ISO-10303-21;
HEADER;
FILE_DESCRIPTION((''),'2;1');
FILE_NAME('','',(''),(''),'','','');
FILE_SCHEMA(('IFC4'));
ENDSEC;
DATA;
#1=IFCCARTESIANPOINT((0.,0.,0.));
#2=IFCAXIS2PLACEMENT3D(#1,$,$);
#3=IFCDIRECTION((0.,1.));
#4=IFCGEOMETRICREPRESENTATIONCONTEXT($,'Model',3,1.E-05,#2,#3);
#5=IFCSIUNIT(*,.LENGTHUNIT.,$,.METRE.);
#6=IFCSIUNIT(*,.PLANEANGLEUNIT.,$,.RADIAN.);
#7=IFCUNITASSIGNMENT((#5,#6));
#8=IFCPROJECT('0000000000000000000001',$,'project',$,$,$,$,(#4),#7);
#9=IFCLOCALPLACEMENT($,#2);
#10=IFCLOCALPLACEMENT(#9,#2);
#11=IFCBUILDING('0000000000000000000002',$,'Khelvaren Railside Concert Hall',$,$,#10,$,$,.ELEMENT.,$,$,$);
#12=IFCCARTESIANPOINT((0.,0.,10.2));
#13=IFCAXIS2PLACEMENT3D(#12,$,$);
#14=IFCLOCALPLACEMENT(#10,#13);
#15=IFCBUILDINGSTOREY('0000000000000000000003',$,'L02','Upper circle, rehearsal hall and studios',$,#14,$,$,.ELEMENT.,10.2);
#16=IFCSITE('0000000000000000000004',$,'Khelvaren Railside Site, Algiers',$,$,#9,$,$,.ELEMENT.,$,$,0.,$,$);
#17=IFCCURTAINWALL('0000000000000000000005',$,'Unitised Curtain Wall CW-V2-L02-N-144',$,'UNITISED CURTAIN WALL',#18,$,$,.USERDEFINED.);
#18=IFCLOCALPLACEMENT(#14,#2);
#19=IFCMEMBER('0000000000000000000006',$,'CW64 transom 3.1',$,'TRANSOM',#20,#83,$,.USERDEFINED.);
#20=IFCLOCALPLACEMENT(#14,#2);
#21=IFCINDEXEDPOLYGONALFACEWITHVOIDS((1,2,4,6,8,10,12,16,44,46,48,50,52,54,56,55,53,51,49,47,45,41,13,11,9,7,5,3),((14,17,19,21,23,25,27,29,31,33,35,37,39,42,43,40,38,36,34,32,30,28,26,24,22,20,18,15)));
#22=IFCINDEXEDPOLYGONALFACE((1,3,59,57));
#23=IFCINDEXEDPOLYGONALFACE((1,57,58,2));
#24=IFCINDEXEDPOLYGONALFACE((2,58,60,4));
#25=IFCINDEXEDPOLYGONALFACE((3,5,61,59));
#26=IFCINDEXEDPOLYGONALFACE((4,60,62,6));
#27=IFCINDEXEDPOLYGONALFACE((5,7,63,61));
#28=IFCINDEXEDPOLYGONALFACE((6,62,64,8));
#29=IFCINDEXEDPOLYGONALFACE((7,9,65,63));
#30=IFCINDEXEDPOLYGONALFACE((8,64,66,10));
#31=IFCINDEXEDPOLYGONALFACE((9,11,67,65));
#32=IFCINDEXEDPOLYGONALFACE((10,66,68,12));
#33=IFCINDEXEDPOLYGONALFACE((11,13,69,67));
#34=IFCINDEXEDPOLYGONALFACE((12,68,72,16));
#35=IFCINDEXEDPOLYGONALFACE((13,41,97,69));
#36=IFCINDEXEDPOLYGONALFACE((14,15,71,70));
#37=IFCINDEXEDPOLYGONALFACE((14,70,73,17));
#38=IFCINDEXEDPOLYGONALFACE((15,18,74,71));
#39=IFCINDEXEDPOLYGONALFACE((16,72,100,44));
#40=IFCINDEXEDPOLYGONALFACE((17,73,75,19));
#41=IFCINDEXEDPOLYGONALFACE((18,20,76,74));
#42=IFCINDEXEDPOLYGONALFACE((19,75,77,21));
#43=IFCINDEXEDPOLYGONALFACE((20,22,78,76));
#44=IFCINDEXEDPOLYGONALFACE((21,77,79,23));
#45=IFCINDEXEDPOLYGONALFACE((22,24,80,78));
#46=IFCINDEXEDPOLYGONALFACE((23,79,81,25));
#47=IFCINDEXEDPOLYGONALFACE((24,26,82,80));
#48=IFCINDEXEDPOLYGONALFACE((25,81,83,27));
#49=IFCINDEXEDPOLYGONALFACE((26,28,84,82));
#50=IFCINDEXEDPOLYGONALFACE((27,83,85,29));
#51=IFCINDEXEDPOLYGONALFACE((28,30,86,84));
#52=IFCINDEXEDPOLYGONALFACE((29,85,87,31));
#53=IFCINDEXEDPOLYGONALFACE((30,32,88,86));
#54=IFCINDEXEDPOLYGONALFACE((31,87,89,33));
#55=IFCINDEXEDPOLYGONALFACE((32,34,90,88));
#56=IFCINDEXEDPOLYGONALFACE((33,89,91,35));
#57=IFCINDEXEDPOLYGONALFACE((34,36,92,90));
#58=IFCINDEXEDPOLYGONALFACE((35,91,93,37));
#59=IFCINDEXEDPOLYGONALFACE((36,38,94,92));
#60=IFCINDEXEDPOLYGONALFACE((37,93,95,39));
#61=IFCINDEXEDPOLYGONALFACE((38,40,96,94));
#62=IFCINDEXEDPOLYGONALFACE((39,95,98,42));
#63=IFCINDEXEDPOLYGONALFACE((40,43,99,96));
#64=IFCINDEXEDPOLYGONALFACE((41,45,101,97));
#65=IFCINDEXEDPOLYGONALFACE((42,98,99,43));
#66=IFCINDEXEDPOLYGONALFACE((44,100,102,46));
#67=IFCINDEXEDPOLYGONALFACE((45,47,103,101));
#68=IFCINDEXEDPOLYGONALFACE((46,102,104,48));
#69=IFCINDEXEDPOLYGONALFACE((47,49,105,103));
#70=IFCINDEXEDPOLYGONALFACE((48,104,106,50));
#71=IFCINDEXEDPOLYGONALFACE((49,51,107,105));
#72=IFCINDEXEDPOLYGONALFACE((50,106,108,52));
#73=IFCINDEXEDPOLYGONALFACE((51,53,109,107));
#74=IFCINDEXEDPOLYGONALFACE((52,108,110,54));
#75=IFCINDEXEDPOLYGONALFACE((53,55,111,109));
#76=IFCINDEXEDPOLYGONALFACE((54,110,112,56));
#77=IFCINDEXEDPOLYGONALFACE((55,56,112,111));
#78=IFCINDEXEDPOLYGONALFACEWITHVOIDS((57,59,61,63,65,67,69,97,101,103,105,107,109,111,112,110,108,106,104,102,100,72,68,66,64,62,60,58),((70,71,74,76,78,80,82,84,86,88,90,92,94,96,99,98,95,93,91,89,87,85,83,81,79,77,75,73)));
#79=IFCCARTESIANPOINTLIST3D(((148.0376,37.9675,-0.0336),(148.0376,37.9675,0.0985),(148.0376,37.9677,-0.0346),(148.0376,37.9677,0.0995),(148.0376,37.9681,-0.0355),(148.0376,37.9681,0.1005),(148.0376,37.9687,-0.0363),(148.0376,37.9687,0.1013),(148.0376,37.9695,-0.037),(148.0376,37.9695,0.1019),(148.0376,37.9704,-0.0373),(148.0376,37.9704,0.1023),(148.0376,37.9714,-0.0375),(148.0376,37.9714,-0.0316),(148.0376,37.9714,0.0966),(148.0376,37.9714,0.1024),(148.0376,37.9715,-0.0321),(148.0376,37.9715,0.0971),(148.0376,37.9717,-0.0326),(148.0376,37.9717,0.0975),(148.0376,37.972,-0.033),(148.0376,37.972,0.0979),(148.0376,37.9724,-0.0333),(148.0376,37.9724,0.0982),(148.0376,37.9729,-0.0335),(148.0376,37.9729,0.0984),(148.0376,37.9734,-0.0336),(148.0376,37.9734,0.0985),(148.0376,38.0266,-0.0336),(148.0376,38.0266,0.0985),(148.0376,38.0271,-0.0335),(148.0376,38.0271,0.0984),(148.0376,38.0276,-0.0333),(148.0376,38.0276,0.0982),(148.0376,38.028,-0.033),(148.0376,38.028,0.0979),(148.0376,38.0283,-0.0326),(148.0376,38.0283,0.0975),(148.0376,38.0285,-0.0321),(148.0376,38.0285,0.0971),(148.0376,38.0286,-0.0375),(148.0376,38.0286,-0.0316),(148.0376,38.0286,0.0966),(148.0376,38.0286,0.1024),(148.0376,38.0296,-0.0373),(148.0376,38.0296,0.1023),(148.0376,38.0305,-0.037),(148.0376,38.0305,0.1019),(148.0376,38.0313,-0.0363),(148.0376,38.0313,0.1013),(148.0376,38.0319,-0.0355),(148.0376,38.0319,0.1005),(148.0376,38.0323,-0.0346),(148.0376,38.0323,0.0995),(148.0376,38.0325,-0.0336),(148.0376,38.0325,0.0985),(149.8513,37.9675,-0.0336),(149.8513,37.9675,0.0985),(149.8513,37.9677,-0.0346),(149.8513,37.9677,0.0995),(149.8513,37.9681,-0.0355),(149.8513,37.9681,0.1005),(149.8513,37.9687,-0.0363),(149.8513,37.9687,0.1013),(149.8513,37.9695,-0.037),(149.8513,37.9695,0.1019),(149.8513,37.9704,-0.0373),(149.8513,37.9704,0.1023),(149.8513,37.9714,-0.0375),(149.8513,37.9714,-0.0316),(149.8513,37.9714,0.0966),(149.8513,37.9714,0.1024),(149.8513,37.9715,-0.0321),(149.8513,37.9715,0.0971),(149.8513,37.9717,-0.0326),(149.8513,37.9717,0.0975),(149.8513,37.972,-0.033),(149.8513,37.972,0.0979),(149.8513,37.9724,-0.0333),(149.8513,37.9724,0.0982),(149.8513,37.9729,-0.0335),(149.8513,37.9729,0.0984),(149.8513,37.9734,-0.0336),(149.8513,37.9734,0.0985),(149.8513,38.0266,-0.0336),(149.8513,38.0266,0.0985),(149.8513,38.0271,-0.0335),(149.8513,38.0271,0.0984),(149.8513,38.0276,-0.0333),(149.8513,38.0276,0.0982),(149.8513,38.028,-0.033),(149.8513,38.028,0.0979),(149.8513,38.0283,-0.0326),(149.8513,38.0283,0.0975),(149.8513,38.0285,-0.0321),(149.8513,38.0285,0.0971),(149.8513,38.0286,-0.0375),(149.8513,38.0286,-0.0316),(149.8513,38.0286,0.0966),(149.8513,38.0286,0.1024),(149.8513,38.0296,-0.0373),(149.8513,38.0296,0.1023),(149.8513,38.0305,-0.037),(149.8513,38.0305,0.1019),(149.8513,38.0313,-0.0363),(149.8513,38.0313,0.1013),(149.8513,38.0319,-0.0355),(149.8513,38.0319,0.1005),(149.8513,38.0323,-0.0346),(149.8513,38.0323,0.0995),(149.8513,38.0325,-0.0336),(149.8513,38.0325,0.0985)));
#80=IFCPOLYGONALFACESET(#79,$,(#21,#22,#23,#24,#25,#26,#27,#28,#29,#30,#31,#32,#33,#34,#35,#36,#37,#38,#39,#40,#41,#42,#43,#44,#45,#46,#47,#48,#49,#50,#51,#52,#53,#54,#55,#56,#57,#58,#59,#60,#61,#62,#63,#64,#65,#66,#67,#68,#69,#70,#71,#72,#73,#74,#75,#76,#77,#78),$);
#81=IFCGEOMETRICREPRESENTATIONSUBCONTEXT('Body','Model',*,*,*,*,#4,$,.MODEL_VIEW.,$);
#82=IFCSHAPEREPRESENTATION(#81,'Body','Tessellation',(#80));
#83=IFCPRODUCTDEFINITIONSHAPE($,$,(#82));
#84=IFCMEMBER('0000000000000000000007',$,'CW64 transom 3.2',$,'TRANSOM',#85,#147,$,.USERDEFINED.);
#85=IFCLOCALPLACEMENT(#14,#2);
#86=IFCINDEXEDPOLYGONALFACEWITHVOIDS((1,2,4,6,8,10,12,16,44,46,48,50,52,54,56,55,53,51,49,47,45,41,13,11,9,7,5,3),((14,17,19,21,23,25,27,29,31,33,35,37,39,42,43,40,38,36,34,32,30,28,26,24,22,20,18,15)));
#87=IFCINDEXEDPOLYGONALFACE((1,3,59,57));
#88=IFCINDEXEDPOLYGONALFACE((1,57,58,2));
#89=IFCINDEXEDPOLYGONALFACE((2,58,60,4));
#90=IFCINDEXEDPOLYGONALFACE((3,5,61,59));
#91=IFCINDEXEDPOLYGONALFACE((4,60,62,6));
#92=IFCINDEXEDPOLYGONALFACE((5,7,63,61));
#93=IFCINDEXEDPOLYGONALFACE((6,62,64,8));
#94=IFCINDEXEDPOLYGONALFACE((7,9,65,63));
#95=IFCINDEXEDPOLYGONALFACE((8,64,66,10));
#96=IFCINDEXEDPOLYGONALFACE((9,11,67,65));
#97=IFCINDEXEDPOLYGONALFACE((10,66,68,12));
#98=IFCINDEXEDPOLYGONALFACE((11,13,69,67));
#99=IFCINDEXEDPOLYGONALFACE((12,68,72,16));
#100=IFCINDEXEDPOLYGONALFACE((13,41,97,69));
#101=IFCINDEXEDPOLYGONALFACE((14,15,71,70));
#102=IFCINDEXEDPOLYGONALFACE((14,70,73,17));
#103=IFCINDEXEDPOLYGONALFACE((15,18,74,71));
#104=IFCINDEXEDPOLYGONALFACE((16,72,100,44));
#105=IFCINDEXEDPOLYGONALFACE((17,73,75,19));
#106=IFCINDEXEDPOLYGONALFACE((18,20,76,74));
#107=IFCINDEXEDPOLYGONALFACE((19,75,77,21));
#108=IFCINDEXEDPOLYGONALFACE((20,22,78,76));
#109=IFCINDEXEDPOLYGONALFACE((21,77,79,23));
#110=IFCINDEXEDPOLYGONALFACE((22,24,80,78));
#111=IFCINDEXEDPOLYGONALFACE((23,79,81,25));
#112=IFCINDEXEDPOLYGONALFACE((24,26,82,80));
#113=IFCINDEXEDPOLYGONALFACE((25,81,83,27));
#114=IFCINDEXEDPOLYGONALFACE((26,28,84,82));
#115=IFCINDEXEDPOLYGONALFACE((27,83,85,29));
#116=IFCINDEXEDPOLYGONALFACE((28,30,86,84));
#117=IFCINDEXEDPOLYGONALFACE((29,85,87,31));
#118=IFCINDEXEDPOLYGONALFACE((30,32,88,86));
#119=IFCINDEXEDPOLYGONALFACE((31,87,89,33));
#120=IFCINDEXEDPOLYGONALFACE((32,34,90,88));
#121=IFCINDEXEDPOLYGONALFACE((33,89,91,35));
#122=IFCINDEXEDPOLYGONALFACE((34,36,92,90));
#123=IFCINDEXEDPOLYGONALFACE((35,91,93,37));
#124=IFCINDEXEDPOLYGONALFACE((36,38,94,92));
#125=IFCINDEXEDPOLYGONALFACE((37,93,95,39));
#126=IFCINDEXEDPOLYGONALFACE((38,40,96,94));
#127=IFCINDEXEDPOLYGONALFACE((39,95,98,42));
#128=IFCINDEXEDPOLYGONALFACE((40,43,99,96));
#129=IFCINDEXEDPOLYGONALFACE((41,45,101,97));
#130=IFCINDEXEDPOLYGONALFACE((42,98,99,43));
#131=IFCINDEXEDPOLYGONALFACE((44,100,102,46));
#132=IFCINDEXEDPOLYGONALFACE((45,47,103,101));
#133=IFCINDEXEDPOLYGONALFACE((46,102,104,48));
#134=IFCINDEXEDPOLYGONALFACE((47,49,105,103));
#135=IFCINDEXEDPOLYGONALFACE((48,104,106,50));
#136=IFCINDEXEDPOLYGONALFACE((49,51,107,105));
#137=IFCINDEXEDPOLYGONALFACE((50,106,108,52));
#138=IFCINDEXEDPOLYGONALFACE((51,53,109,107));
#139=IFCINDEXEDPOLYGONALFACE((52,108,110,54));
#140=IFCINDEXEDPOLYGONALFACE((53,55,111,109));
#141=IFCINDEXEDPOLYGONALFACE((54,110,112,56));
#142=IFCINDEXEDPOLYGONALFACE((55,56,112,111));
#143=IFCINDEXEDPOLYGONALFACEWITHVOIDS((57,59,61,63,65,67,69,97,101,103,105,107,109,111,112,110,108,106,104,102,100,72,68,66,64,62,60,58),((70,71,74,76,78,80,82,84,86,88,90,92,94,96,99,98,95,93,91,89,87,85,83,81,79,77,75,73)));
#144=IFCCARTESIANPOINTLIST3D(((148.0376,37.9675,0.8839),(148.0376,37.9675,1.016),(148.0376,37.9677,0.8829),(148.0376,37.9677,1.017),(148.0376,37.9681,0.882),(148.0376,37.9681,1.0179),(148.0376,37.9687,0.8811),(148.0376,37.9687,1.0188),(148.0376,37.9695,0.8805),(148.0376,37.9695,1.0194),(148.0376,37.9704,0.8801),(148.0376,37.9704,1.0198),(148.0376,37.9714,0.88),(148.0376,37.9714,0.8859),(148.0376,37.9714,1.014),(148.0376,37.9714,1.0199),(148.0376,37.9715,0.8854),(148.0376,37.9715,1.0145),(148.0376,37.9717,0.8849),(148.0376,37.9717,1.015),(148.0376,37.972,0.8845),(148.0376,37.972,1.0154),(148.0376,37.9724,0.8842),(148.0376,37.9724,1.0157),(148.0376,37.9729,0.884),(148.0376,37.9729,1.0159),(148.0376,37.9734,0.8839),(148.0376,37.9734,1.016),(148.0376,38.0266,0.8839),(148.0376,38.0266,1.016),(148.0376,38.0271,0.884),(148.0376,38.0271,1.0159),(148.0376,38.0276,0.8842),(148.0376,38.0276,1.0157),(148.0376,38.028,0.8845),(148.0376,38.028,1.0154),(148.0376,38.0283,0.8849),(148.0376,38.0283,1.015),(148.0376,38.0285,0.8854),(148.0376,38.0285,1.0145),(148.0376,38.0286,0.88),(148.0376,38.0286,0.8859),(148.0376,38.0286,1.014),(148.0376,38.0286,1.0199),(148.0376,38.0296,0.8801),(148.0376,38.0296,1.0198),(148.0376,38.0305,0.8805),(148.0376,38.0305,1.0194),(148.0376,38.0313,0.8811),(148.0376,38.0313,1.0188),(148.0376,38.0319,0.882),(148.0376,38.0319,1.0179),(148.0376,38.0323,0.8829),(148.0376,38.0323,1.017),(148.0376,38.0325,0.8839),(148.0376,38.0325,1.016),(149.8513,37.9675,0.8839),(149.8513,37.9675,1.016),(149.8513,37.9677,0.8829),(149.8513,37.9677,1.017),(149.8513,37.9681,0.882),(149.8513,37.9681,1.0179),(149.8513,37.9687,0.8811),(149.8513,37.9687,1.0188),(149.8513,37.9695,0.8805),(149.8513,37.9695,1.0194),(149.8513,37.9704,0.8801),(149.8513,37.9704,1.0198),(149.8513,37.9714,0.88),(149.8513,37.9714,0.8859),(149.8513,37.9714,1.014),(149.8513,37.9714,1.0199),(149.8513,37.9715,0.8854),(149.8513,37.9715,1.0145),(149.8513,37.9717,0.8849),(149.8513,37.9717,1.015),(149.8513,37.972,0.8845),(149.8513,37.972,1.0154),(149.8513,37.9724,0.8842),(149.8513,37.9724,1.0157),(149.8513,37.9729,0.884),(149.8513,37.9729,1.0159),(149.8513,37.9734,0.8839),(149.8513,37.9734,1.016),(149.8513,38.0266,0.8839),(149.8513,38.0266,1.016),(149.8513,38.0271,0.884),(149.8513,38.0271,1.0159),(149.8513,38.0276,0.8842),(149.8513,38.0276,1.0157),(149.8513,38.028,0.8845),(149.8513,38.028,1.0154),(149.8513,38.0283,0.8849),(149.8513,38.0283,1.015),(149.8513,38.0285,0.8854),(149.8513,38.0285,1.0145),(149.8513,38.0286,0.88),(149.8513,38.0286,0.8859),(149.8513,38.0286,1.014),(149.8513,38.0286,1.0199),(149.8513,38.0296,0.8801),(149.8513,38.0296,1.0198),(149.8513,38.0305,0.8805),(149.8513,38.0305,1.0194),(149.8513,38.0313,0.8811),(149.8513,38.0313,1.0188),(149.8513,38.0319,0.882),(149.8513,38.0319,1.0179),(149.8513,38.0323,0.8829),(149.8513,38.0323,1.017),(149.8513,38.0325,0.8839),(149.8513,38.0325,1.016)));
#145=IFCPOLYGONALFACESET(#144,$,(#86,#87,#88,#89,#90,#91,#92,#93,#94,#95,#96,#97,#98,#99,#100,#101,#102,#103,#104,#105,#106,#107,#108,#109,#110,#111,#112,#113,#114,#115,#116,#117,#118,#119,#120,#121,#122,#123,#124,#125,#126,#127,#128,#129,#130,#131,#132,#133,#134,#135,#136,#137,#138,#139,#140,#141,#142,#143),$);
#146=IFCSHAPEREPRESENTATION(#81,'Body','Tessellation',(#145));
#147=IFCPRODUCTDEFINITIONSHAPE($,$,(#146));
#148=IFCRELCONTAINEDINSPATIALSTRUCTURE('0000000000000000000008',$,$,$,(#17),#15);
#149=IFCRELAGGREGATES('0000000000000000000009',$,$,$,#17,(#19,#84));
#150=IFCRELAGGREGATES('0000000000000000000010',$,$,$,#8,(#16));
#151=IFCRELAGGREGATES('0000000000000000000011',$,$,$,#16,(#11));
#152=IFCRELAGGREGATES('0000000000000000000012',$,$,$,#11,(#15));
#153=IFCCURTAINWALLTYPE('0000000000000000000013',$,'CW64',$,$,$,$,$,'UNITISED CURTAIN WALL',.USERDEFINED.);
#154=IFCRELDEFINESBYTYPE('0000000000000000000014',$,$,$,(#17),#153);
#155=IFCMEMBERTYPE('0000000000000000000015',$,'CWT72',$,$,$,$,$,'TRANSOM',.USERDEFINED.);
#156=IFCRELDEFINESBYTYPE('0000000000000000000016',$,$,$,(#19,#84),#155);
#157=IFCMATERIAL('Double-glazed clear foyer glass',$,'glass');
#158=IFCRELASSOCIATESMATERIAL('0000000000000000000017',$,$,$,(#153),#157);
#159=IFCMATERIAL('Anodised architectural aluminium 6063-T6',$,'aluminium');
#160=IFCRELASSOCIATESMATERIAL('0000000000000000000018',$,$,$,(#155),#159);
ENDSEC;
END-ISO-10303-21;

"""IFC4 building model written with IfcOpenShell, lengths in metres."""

from ifc_helpers import new_model, si_unit, direction, frame, origin, origin_2d, place, context, subcontext, project, spatial, hollow_rectangle, extrude, material, material_profile, profile_set, type_object, element, aggregate, save


model = new_model("IFC4")

# Units and contexts
model_context = context("Model", 3, precision=1e-05, world=origin(), true_north=direction((0.0, 1.0)))
body_context = subcontext(model_context, "Body", "Model", "MODEL_VIEW")
ifc_project = project(units=[si_unit("LENGTHUNIT", "METRE"), si_unit("PLANEANGLEUNIT", "RADIAN")], contexts=[model_context])

# Site, building, storey
site_placement = place(None, origin())
site = spatial("IfcSite", under=ifc_project, at=site_placement, Name="Khelvaren Railside Site, Algiers", CompositionType="ELEMENT", RefElevation=0.0)
building_placement = place(site_placement, origin())
building = spatial("IfcBuilding", under=site, at=building_placement, Name="Khelvaren Railside Concert Hall", CompositionType="ELEMENT")
storey_placement = place(building_placement, frame((0.0, 0.0, 10.2)))
storey = spatial("IfcBuildingStorey", under=building, at=storey_placement, Name="L02", Description="Upper circle, rehearsal hall and studios", CompositionType="ELEMENT", Elevation=10.2)

# Curtain wall, members
ifc_material_1 = material(Name="Double-glazed clear foyer glass", Category="glass")
curtain_wall_type = type_object("IfcCurtainWallType", Name="CW64", ElementType="UNITISED CURTAIN WALL", PredefinedType="USERDEFINED", material=ifc_material_1)
curtain_wall_placement = place(storey_placement, origin())
curtain_wall = element("IfcCurtainWall", 1, at=curtain_wall_placement, inside=storey, type_object=curtain_wall_type, Name="Unitised Curtain Wall CW-V2-L02-N-144", ObjectType="UNITISED CURTAIN WALL", PredefinedType="USERDEFINED")
ifc_material_2 = material(Name="Anodised architectural aluminium 6063-T6", Category="aluminium")
ifc_material_profile_1 = material_profile(ifc_material_2, hollow_rectangle(XDim=0.0649, YDim=0.1399, WallThickness=0.0039, InnerFilletRadius=0.002, OuterFilletRadius=0.0039, at=origin_2d()), Name="CWT 65x140x4")
ifc_profile_set_1 = profile_set([ifc_material_profile_1], Name="Anodised architectural aluminium 6063-T6")
member_type_1 = type_object("IfcMemberType", Name="CWT72", ElementType="TRANSOM", PredefinedType="USERDEFINED", material=ifc_profile_set_1)
member_1_placement = place(storey_placement, frame((148.0376, 38.0, 0.0325), z_axis=(1.0, 0.0, 0.0), x_axis=(0.0, 1.0, 0.0)))
member_1 = element("IfcMember", 2, at=member_1_placement, type_object=member_type_1, Name="CW64 transom 3.1", ObjectType="TRANSOM", PredefinedType="USERDEFINED", context=body_context, shape_type="SweptSolid", body=[
    extrude(hollow_rectangle(XDim=0.0649, YDim=0.1399, WallThickness=0.0039, InnerFilletRadius=0.002, OuterFilletRadius=0.0039, at=origin_2d()), origin(), (0.0, 0.0, 1.0), 1.8137),
])
member_2_placement = place(storey_placement, frame((148.0376, 38.0, 0.95), z_axis=(1.0, 0.0, 0.0), x_axis=(0.0, 1.0, 0.0)))
member_2 = element("IfcMember", 3, at=member_2_placement, type_object=member_type_1, Name="CW64 transom 3.2", ObjectType="TRANSOM", PredefinedType="USERDEFINED", context=body_context, shape_type="SweptSolid", body=[
    extrude(hollow_rectangle(XDim=0.0649, YDim=0.1399, WallThickness=0.0039, InnerFilletRadius=0.002, OuterFilletRadius=0.0039, at=origin_2d()), origin(), (0.0, 0.0, 1.0), 1.8137),
])
aggregate(curtain_wall, [member_1, member_2])

save(model, "model.ifc")
